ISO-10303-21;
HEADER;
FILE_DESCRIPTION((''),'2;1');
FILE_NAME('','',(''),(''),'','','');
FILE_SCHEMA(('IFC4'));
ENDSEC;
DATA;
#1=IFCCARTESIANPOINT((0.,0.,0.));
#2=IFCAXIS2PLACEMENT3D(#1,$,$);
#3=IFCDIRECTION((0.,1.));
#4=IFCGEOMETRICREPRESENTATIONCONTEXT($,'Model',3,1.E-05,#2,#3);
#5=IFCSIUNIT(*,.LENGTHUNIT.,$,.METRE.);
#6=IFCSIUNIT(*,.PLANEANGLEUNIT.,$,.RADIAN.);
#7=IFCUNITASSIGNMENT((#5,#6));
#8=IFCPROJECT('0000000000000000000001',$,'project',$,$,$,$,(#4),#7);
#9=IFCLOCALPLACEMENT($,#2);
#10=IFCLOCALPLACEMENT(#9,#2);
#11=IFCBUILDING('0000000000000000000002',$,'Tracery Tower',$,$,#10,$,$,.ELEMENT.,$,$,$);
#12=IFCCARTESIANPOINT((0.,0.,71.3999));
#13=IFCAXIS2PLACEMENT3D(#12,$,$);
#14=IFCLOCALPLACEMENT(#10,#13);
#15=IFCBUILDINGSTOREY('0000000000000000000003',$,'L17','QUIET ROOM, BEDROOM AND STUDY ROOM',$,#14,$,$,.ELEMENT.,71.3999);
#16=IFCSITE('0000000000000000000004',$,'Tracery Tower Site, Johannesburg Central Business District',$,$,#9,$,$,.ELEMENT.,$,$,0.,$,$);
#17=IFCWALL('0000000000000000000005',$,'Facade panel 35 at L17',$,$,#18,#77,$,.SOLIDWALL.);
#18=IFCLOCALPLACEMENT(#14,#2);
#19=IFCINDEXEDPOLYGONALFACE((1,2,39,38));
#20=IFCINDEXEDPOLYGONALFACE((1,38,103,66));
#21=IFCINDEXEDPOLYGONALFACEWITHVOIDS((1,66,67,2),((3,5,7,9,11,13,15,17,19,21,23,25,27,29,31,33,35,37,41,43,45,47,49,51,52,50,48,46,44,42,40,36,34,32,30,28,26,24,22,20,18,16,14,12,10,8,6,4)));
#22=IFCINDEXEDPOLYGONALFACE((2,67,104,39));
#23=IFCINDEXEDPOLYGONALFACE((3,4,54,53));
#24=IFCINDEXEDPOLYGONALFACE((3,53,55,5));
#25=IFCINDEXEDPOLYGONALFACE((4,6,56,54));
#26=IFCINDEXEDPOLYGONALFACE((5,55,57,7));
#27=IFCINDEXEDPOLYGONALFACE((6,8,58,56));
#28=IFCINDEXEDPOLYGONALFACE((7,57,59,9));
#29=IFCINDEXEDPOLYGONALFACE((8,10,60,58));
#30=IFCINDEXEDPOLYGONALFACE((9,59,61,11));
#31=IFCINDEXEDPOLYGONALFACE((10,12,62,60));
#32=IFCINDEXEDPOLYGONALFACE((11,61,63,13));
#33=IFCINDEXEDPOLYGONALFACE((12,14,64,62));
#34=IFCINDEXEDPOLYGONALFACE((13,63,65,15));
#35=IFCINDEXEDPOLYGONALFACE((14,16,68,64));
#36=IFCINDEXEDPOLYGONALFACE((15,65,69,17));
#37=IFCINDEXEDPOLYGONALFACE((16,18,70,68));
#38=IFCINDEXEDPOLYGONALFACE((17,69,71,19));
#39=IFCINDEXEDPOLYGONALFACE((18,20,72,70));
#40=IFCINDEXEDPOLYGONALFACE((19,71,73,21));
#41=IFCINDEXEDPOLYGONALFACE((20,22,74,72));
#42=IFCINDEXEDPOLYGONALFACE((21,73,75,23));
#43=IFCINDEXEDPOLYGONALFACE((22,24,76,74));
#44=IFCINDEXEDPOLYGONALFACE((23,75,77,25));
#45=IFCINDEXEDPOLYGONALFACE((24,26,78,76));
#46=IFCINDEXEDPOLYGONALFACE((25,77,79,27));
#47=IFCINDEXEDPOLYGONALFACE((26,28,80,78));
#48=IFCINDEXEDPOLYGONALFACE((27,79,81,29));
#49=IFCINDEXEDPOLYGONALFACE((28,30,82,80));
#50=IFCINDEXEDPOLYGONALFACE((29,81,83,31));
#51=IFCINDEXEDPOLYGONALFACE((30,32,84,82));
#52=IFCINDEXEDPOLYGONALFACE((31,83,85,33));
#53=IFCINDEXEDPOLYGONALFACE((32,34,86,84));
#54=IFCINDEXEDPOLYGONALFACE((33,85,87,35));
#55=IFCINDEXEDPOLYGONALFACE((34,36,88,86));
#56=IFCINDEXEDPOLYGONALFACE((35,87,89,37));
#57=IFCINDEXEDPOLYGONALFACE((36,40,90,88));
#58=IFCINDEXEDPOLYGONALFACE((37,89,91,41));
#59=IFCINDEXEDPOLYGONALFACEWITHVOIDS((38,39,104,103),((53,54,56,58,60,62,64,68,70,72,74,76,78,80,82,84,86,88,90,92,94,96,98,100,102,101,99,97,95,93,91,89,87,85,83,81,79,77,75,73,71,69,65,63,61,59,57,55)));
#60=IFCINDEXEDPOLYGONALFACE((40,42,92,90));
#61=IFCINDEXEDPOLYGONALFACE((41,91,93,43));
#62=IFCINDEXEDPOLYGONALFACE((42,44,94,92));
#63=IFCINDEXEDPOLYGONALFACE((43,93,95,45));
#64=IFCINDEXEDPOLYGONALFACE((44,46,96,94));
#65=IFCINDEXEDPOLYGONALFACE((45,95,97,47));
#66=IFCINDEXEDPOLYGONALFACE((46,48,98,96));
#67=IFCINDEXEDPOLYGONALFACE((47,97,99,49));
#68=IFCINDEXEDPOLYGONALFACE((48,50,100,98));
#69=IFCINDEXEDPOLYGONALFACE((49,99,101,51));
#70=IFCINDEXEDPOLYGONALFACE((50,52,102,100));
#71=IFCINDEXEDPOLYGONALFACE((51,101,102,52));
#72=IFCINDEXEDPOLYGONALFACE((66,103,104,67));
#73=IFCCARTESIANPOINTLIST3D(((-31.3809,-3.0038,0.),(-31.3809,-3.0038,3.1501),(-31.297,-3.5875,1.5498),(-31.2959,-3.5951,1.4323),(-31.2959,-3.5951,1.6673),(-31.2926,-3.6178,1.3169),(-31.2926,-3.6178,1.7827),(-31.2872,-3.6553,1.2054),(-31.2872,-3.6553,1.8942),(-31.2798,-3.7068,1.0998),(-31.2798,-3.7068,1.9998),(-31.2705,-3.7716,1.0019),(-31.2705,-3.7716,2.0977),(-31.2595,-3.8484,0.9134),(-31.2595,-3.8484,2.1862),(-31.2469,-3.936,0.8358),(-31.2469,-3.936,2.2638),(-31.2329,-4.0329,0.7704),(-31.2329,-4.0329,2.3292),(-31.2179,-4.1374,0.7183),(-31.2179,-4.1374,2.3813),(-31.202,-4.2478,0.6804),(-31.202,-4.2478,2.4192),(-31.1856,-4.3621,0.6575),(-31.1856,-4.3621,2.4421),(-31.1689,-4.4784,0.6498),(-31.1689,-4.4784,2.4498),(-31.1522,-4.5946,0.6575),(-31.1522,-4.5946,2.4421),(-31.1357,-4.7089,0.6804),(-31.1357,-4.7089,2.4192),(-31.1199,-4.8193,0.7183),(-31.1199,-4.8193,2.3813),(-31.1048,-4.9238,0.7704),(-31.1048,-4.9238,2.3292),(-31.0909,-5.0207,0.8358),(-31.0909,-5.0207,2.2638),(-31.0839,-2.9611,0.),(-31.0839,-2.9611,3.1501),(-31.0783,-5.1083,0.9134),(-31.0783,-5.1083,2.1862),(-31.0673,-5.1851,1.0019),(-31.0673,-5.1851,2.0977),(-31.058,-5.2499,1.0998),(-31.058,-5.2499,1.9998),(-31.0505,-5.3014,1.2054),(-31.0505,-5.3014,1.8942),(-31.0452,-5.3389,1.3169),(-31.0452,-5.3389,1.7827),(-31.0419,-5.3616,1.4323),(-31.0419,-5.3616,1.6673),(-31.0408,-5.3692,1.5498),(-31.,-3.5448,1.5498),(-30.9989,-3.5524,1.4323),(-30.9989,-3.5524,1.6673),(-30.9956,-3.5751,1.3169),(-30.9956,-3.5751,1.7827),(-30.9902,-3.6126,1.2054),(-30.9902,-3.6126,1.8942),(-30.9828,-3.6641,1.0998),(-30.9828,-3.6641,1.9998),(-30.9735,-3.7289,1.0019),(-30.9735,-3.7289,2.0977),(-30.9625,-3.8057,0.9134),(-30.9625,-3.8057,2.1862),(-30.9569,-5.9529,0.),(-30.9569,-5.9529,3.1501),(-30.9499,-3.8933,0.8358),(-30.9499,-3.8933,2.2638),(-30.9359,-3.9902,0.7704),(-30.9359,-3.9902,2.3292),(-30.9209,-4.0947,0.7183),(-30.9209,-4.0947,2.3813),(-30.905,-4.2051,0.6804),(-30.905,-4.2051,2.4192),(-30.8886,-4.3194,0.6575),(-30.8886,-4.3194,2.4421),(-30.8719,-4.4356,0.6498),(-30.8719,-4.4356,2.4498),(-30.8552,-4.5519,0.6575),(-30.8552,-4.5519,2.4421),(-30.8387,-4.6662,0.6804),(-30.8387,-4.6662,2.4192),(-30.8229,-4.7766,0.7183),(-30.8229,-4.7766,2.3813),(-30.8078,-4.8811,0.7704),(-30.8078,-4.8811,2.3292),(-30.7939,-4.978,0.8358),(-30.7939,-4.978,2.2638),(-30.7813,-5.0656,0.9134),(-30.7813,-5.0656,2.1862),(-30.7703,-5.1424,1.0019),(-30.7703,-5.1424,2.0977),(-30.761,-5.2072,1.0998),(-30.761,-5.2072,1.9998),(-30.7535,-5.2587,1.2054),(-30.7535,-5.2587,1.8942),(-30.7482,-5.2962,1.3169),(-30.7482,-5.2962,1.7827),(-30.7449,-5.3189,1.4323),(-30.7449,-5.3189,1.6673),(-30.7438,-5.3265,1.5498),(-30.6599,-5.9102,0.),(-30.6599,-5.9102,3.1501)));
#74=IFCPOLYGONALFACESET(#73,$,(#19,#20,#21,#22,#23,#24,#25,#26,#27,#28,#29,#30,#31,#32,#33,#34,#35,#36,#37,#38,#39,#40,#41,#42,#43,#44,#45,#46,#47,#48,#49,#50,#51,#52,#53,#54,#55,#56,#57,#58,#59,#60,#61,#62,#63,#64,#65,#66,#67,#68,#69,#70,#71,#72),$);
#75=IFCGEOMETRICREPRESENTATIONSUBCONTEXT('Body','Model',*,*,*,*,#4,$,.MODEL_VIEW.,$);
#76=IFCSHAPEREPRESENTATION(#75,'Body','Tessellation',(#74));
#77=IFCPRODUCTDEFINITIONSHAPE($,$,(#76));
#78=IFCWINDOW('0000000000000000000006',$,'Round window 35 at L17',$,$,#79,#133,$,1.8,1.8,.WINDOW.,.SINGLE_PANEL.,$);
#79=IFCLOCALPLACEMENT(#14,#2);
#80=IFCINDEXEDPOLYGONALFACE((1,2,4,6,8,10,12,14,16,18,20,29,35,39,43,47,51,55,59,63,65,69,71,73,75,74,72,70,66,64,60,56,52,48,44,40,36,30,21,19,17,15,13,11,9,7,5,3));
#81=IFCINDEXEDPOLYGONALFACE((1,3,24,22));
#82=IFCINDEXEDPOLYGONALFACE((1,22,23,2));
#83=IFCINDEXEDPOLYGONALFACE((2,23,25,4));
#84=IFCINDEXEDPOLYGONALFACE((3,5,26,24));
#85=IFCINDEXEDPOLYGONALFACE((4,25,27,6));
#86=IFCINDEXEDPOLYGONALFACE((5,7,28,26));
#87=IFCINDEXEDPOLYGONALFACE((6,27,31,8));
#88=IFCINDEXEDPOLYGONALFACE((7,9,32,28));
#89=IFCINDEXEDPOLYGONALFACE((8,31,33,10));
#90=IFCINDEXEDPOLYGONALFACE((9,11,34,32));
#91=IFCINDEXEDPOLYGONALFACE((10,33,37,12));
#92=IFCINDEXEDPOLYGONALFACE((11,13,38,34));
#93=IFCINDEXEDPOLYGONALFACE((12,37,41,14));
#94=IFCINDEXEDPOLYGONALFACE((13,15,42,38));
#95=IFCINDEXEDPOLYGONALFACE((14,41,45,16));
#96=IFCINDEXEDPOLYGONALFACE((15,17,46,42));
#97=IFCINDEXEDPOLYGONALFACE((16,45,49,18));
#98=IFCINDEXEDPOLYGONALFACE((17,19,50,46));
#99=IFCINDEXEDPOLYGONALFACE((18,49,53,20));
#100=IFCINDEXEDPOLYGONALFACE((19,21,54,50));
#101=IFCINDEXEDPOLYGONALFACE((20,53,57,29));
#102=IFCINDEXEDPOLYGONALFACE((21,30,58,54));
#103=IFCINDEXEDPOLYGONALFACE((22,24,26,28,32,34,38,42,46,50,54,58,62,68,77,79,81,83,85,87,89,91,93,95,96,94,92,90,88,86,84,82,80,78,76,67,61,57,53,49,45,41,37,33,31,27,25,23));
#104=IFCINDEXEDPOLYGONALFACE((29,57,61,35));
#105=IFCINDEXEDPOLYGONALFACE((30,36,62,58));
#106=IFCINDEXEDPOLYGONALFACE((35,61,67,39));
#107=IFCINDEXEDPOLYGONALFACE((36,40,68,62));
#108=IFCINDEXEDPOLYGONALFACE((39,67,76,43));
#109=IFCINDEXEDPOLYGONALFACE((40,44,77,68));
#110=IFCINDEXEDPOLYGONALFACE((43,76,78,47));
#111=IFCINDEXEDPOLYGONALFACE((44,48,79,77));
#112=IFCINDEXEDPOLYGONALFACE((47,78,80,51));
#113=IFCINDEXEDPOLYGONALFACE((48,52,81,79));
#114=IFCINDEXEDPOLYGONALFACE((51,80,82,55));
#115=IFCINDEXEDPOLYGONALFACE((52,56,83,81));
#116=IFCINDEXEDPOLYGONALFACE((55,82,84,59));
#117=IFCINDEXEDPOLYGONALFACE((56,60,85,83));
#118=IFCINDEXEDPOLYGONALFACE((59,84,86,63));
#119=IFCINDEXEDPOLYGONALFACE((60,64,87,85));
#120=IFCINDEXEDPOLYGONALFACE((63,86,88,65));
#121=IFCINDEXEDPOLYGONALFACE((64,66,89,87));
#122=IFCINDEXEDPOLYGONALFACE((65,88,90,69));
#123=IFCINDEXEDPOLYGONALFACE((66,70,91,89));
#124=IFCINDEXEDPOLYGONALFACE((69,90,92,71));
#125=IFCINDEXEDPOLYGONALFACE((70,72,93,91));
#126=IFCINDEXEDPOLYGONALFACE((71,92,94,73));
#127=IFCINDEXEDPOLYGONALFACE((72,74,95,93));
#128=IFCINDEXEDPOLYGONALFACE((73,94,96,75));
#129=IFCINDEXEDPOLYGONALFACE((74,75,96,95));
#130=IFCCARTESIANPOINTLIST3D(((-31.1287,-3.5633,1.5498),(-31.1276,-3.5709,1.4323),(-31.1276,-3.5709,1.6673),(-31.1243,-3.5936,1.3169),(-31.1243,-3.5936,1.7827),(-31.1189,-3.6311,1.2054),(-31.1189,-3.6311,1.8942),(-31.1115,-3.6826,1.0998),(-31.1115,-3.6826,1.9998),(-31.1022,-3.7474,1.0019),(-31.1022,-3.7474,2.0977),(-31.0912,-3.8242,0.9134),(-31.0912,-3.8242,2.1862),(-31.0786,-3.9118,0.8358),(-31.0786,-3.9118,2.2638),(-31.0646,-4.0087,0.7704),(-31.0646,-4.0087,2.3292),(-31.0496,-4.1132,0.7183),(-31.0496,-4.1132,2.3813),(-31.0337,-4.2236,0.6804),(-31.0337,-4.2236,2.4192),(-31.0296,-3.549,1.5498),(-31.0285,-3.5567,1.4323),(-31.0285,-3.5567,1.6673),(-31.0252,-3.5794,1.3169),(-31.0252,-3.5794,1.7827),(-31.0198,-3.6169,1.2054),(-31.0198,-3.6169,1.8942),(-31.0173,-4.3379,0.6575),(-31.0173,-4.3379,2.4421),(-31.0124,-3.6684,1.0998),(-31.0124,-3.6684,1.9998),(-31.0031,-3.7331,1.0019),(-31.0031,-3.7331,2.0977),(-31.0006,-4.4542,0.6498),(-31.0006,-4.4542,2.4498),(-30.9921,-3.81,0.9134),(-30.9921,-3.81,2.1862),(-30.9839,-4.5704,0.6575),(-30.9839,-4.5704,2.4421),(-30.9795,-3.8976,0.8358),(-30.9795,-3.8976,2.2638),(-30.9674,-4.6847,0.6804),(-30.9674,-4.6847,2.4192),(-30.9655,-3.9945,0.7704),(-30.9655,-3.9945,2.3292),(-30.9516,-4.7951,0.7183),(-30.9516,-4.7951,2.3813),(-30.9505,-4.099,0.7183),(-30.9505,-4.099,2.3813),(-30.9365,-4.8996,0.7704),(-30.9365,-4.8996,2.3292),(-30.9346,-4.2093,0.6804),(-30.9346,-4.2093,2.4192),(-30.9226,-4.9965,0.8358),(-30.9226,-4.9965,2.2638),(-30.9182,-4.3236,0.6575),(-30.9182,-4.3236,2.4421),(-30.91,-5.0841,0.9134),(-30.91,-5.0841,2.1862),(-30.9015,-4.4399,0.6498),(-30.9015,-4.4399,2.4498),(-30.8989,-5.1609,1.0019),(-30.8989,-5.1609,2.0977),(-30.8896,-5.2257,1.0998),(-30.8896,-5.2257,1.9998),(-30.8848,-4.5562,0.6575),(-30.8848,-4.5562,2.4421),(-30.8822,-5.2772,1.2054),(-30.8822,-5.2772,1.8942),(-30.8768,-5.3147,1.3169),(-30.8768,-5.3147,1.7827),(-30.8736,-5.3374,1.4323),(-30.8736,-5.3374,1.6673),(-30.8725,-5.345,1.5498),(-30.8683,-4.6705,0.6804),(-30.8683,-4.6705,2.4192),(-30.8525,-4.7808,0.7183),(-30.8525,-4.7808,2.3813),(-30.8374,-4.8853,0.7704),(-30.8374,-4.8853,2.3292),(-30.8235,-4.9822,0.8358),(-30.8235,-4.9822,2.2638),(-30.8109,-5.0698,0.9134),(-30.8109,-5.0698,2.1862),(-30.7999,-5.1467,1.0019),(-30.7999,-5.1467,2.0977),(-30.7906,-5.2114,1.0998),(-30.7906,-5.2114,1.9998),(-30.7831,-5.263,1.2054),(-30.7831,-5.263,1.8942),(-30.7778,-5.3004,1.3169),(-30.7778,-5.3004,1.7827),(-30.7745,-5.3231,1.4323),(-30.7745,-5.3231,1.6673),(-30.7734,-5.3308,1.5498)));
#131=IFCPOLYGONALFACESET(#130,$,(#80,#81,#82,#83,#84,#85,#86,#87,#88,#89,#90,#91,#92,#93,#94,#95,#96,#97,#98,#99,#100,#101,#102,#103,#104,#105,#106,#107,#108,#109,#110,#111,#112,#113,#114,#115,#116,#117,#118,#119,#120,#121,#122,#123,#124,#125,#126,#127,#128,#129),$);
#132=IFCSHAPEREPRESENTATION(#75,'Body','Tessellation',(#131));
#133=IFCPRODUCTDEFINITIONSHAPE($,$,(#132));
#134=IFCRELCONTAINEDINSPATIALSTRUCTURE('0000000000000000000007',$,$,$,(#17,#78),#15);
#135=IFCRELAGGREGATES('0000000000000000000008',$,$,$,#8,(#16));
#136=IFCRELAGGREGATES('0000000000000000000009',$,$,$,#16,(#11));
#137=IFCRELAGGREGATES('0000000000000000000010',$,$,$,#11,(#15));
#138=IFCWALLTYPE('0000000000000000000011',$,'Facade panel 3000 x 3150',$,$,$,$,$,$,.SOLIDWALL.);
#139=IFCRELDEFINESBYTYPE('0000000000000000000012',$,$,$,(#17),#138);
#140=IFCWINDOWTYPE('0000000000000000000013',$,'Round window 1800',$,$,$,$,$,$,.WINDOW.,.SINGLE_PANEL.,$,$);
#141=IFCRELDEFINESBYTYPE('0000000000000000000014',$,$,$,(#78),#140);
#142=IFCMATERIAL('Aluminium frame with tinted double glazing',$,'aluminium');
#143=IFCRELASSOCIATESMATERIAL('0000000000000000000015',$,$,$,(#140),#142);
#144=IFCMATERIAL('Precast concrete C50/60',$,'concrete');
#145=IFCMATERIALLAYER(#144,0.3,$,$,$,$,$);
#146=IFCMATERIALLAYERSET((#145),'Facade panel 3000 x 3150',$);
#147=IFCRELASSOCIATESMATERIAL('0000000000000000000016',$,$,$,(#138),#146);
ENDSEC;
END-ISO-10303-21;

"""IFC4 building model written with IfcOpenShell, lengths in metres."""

from ifc_helpers import new_model, si_unit, direction, frame, frame_2d, origin, origin_2d, place, context, subcontext, project, spatial, rectangle, circle, extrude, material, layer, layer_set, type_object, element, fill, save


model = new_model("IFC4")

# Units and contexts
model_context = context("Model", 3, precision=1e-05, world=origin(), true_north=direction((0.0, 1.0)))
body_context = subcontext(model_context, "Body", "Model", "MODEL_VIEW")
ifc_project = project(units=[si_unit("LENGTHUNIT", "METRE"), si_unit("PLANEANGLEUNIT", "RADIAN")], contexts=[model_context])

# Site, building, storey
site_placement = place(None, origin())
site = spatial("IfcSite", under=ifc_project, at=site_placement, Name="Tracery Tower Site, Johannesburg Central Business District", CompositionType="ELEMENT", RefElevation=0.0)
building_placement = place(site_placement, origin())
building = spatial("IfcBuilding", under=site, at=building_placement, Name="Tracery Tower", CompositionType="ELEMENT")
storey_placement = place(building_placement, frame((0.0, 0.0, 71.3999)))
storey = spatial("IfcBuildingStorey", under=building, at=storey_placement, Name="L17", Description="QUIET ROOM, BEDROOM AND STUDY ROOM", CompositionType="ELEMENT", Elevation=71.3999)

# Wall, opening, window
ifc_material_1 = material(Name="Aluminium frame with tinted double glazing", Category="aluminium")
window_type = type_object("IfcWindowType", Name="Round window 1800", PartitioningType="SINGLE_PANEL", PredefinedType="WINDOW", material=ifc_material_1)
ifc_material_2 = material(Name="Precast concrete C50/60", Category="concrete")
ifc_layer_1 = layer(ifc_material_2, 0.3)
ifc_layer_set_1 = layer_set([ifc_layer_1], Name="Facade panel 3000 x 3150")
wall_type_1 = type_object("IfcWallType", Name="Facade panel 3000 x 3150", PredefinedType="SOLIDWALL", material=ifc_layer_set_1)
wall_1_placement = place(storey_placement, frame((-31.2324, -2.9824, 0.0), z_axis=(0.0, 0.0, 1.0), x_axis=(0.142328, -0.98982, 0.0)))
wall_1 = element("IfcWall", 1, at=wall_1_placement, inside=storey, type_object=wall_type_1, Name="Facade panel 35 at L17", PredefinedType="SOLIDWALL", context=body_context, shape_type="SweptSolid", body=[
    extrude(rectangle(XDim=2.9795, YDim=0.3, at=frame_2d((1.4897, 0.0))), origin(), (0.0, 0.0, 1.0), 3.1501),
])
opening_1_placement = place(wall_1_placement, frame((1.4897, 0.0, 1.5498)))
opening_1 = element("IfcOpeningElement", 2, at=opening_1_placement, cuts=wall_1, PredefinedType="OPENING", context=body_context, shape_type="SweptSolid", body=[
    extrude(circle(Radius=0.9, at=origin_2d()), frame((0.0, 0.1599, 0.0), z_axis=(0.0, -1.0, 0.0), x_axis=(1.0, 0.0, 0.0)), (0.0, 0.0, 1.0), 0.3201),
])
window_1_placement = place(opening_1_placement, origin())
window_1 = element("IfcWindow", 3, at=window_1_placement, inside=storey, type_object=window_type, Name="Round window 35 at L17", OverallHeight=1.8, OverallWidth=1.8, PartitioningType="SINGLE_PANEL", PredefinedType="WINDOW", context=body_context, shape_type="SweptSolid", body=[
    extrude(circle(Radius=0.9, at=origin_2d()), frame((0.0, 0.1201, 0.0), z_axis=(0.0, -1.0, 0.0), x_axis=(1.0, 0.0, 0.0)), (0.0, 0.0, 1.0), 0.1001),
])
fill(opening_1, window_1)

save(model, "model.ifc")
